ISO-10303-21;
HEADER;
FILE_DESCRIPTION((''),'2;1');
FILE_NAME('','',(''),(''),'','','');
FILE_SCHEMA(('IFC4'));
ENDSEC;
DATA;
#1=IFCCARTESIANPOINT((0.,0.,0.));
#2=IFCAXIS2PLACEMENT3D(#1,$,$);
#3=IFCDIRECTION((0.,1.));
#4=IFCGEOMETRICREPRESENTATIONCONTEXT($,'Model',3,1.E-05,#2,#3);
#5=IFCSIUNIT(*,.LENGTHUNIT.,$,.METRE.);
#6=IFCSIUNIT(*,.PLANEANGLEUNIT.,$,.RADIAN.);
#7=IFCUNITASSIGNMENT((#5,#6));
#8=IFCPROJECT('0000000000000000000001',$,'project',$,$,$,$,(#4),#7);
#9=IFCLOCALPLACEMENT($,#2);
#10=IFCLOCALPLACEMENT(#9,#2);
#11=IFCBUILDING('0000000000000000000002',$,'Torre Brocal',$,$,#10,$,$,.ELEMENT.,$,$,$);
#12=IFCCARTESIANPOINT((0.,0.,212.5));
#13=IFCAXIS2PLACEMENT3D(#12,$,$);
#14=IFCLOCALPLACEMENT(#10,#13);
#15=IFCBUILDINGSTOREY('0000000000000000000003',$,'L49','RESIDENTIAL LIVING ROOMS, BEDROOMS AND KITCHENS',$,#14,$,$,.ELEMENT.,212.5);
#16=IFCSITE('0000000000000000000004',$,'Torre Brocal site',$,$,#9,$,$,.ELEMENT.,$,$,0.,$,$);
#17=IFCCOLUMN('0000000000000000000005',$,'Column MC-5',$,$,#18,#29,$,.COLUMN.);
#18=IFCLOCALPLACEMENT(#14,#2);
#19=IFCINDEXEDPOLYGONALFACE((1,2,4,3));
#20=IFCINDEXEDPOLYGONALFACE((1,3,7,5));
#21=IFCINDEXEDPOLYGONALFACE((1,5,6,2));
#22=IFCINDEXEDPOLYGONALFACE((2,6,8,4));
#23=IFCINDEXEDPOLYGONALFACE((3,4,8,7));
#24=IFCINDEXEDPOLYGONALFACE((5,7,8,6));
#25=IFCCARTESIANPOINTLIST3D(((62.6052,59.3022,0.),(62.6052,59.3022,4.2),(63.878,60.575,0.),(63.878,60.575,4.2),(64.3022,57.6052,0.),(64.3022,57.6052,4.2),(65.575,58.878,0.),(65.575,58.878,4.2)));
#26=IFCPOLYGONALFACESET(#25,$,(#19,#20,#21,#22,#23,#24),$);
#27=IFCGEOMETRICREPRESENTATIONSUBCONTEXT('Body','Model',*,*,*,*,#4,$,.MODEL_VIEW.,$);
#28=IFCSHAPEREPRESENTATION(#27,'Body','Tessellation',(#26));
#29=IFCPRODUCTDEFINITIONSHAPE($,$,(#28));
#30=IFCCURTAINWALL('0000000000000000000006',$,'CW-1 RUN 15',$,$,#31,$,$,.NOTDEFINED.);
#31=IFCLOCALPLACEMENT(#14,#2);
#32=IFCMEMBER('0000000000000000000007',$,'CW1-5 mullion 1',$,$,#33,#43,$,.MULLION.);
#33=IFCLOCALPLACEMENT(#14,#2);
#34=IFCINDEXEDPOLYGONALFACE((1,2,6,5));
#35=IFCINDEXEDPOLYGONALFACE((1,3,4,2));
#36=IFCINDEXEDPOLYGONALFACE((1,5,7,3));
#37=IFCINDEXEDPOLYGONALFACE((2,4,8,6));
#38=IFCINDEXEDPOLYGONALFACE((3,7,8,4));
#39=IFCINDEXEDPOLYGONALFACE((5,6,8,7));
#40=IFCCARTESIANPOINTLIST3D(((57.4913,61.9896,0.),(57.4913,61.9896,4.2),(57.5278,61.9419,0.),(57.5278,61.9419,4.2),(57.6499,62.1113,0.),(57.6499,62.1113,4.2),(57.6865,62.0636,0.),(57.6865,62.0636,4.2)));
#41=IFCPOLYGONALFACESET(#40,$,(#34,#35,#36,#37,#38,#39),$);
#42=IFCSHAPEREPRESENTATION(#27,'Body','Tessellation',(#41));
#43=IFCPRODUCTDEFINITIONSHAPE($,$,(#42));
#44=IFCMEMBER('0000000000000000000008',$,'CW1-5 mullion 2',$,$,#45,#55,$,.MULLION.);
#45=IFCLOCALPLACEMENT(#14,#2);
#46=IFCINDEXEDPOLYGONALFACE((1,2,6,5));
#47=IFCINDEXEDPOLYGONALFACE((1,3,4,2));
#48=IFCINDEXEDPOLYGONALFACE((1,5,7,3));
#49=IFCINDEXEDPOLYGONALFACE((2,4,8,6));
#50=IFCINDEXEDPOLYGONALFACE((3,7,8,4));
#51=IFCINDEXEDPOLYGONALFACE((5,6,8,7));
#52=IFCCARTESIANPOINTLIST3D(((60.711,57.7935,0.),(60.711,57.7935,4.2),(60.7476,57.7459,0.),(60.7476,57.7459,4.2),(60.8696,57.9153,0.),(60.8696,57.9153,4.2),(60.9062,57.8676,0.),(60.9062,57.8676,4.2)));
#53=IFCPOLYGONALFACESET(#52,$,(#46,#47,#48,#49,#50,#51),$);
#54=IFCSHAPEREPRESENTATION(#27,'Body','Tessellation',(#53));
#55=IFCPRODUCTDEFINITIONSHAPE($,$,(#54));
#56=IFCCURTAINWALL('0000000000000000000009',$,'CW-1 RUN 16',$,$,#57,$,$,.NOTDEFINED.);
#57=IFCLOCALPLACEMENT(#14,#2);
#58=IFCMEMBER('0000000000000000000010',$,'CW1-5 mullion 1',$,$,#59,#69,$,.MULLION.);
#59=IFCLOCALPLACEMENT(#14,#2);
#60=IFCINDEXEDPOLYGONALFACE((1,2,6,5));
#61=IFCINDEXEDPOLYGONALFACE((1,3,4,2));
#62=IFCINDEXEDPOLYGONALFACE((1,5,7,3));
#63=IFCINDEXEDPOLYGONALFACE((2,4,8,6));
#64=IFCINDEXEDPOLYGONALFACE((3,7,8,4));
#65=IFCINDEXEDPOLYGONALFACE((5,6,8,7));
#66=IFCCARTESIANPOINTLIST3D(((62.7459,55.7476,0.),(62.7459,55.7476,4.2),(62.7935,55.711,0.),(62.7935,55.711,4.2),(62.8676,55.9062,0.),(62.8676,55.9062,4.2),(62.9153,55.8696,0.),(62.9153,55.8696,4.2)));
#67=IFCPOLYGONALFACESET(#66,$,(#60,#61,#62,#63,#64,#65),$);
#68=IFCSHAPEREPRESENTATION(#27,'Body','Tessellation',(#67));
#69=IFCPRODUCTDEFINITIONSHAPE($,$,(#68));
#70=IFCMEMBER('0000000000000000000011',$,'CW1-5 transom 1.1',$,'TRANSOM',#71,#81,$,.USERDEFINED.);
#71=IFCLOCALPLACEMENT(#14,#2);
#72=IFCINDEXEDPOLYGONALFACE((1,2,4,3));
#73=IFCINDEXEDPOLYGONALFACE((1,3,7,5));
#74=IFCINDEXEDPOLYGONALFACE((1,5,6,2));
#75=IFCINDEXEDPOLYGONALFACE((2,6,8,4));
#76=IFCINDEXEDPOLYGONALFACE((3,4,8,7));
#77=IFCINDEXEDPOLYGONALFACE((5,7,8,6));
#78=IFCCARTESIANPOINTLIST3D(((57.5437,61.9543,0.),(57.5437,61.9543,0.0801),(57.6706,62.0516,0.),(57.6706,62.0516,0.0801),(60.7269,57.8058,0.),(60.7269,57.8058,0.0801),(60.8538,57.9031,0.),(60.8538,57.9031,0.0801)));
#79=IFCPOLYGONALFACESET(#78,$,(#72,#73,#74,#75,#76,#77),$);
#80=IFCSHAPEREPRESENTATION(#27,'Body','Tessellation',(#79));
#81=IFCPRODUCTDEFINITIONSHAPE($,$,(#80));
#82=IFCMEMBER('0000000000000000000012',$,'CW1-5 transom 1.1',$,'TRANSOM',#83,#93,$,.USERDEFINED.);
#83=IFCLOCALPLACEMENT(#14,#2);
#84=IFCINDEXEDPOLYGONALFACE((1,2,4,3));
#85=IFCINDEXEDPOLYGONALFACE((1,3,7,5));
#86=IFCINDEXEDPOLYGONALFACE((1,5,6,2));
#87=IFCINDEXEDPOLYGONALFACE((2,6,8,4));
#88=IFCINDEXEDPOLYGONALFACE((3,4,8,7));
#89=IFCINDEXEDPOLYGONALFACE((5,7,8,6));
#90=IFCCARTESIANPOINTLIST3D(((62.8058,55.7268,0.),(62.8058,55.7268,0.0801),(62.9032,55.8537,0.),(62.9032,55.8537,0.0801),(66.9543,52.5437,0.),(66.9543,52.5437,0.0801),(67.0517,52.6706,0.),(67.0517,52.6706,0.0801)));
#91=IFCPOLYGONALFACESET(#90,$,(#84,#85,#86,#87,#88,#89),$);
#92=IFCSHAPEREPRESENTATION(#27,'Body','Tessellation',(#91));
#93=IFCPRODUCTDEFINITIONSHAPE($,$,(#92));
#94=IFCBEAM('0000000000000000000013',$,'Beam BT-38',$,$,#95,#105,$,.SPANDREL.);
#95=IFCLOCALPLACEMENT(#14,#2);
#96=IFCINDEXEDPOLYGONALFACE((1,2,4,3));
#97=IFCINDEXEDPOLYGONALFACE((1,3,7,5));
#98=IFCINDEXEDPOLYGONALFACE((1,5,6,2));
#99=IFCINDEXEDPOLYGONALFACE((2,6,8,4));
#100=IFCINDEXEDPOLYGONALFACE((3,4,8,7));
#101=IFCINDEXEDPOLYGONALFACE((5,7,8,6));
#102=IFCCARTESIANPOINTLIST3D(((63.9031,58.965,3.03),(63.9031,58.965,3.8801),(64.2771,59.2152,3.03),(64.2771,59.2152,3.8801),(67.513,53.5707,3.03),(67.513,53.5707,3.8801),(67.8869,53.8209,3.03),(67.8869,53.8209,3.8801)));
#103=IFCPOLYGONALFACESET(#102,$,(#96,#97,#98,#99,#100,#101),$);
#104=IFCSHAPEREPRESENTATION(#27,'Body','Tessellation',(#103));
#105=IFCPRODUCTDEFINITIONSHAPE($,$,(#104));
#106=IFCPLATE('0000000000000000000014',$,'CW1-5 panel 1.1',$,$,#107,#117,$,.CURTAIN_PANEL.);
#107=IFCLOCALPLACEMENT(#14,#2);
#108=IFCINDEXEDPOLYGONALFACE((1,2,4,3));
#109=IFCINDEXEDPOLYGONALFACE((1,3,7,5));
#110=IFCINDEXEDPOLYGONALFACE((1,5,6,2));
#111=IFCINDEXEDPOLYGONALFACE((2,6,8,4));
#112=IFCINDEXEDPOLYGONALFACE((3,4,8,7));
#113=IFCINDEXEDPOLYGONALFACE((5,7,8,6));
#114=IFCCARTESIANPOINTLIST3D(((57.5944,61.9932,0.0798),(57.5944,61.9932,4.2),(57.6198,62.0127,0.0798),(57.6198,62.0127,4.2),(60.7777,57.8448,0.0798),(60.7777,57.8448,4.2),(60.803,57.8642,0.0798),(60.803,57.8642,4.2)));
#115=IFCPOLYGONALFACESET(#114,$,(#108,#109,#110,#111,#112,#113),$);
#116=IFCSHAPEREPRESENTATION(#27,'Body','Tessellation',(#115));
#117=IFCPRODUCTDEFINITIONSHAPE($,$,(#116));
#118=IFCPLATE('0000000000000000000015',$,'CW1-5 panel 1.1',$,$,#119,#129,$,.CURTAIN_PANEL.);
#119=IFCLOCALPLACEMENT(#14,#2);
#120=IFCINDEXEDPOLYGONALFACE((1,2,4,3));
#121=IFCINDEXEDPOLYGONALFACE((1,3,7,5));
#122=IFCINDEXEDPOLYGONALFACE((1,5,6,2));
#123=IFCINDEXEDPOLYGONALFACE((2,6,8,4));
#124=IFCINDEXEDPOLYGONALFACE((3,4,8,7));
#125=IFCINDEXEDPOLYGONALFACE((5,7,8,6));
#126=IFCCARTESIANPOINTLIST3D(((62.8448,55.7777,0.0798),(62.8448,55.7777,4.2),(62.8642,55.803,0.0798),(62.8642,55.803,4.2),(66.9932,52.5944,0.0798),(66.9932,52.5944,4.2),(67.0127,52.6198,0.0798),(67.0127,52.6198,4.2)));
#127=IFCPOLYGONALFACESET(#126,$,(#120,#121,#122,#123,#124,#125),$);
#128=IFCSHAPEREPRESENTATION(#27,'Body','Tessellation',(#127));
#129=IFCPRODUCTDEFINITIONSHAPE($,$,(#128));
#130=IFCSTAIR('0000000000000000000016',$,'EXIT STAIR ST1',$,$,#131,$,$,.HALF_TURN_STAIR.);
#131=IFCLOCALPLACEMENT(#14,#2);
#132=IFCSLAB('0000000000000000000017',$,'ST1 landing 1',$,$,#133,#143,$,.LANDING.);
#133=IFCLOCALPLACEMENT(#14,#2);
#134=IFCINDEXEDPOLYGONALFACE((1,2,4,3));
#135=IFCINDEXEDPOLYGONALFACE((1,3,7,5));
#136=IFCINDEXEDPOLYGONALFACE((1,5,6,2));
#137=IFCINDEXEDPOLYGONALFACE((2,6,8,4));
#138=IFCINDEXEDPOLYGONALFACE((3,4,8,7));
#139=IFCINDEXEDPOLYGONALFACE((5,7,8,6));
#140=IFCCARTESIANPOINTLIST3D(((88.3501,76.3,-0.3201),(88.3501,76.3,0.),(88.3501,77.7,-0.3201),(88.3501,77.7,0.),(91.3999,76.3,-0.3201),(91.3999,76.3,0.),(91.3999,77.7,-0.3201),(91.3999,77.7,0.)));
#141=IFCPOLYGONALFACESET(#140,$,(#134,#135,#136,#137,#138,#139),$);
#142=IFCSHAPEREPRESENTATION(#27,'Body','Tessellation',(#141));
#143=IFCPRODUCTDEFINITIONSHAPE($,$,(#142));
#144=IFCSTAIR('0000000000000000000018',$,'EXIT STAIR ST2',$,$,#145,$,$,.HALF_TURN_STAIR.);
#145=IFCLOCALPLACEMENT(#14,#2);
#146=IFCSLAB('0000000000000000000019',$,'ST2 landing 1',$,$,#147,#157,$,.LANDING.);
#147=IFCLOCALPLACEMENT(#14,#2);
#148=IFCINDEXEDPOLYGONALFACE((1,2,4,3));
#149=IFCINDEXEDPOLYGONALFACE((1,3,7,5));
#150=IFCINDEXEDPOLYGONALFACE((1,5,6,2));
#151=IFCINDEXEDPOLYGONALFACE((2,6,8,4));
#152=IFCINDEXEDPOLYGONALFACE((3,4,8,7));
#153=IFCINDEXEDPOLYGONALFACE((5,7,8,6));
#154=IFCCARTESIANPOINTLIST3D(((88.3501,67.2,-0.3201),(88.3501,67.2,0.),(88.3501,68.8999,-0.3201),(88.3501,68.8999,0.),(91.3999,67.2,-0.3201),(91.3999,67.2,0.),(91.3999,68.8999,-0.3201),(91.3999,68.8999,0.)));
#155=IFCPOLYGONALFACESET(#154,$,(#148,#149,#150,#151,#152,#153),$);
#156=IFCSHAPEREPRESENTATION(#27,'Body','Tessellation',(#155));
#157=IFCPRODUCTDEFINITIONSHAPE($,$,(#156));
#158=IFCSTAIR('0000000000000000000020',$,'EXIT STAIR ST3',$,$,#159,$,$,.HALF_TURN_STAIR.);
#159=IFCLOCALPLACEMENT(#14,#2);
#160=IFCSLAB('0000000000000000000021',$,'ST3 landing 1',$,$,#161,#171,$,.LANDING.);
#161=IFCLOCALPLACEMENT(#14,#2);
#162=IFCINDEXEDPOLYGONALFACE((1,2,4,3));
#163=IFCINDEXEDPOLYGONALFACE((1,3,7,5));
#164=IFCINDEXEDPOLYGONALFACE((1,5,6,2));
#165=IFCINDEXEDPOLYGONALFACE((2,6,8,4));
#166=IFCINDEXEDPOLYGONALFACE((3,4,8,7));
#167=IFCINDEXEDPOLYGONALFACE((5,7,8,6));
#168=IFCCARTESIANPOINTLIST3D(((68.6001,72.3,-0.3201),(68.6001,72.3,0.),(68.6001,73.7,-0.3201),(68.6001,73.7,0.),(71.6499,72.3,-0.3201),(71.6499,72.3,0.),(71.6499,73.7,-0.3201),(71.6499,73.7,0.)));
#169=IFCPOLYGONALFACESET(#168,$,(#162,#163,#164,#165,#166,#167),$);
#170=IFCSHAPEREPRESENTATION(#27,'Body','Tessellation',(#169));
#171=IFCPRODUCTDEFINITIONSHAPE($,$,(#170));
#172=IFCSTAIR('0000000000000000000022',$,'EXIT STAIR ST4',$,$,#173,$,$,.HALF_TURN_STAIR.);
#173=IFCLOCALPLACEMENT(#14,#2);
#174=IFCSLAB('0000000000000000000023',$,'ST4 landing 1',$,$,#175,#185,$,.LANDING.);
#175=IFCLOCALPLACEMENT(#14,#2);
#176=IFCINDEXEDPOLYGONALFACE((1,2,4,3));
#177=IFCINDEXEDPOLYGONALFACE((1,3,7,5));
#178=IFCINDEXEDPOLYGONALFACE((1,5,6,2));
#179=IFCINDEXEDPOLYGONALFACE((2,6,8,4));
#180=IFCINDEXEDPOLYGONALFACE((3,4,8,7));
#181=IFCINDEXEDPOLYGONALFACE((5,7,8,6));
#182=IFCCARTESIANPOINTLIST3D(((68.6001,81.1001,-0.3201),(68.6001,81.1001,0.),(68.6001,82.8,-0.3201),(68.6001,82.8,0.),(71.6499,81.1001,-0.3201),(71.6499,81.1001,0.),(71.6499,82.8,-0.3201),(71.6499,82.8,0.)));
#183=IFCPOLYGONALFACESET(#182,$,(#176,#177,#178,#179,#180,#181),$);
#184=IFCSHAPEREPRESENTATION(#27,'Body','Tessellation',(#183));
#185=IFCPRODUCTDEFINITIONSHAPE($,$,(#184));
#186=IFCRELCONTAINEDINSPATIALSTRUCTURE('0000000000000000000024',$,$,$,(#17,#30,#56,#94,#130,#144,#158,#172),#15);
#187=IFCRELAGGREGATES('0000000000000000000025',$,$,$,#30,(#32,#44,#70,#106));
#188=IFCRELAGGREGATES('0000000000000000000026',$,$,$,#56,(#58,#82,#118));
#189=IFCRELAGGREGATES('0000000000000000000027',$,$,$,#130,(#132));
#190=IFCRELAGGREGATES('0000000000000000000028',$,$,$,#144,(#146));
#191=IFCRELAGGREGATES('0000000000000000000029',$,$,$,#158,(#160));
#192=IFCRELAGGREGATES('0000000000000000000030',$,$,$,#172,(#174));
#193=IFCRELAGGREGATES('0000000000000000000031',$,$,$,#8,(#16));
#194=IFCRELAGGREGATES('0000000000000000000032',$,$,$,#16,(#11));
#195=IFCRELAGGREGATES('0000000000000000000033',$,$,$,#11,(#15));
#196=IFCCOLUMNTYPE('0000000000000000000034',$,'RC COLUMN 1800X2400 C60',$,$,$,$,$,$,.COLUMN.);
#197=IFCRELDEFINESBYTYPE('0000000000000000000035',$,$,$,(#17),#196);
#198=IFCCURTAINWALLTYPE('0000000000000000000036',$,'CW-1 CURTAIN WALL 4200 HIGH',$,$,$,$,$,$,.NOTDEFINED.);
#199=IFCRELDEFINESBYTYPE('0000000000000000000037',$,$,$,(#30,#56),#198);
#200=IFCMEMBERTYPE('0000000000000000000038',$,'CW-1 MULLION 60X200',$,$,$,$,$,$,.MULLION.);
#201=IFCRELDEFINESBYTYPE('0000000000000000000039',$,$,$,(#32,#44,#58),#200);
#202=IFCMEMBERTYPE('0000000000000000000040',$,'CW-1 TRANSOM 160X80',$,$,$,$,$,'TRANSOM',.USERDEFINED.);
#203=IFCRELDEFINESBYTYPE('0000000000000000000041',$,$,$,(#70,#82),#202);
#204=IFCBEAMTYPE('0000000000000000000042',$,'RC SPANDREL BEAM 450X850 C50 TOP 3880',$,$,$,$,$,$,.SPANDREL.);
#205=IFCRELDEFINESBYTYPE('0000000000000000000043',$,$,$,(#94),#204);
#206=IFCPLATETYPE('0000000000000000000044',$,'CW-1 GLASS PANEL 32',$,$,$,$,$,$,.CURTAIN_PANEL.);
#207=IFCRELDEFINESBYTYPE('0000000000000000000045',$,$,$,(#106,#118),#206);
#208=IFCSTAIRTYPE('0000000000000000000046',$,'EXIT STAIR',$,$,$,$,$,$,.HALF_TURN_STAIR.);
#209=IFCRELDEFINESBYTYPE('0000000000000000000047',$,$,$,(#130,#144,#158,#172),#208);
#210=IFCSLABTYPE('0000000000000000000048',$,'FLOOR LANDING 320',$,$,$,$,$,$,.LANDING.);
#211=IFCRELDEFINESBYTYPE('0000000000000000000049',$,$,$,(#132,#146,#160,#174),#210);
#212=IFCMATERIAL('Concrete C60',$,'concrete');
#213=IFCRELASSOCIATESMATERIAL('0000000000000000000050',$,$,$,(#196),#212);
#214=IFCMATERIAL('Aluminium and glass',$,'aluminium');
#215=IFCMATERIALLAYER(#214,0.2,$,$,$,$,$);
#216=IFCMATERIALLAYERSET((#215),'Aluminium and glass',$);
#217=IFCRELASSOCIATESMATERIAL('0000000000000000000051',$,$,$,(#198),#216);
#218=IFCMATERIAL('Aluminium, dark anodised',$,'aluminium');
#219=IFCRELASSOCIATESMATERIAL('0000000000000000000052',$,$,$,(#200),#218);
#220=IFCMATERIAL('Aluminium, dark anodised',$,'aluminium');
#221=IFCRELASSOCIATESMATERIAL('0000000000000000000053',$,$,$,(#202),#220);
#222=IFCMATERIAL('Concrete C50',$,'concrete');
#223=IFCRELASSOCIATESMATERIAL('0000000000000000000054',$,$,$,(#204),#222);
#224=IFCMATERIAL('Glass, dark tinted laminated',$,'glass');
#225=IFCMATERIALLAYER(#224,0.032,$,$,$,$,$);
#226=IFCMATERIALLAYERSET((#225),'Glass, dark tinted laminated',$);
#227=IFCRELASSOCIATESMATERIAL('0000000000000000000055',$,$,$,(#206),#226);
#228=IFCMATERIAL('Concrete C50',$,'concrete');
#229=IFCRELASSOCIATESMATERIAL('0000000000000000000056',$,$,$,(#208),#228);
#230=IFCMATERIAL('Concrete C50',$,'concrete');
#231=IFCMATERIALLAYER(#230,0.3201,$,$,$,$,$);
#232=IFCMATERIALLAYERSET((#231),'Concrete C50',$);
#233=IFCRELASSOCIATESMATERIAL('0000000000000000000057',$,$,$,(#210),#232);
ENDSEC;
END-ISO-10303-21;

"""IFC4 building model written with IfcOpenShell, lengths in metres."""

from ifc_helpers import new_model, si_unit, direction, frame, origin, origin_2d, place, context, subcontext, project, spatial, polyline, rectangle, outline, extrude, material, layer, layer_set, material_profile, profile_set, type_object, element, aggregate, save


model = new_model("IFC4")

# Units and contexts
model_context = context("Model", 3, precision=1e-05, world=origin(), true_north=direction((0.0, 1.0)))
body_context = subcontext(model_context, "Body", "Model", "MODEL_VIEW")
ifc_project = project(units=[si_unit("LENGTHUNIT", "METRE"), si_unit("PLANEANGLEUNIT", "RADIAN")], contexts=[model_context])

# Site, building, storey
site_placement = place(None, origin())
site = spatial("IfcSite", under=ifc_project, at=site_placement, Name="Torre Brocal site", CompositionType="ELEMENT", RefElevation=0.0)
building_placement = place(site_placement, origin())
building = spatial("IfcBuilding", under=site, at=building_placement, Name="Torre Brocal", CompositionType="ELEMENT")
storey_placement = place(building_placement, frame((0.0, 0.0, 212.5)))
storey = spatial("IfcBuildingStorey", under=building, at=storey_placement, Name="L49", Description="RESIDENTIAL LIVING ROOMS, BEDROOMS AND KITCHENS", CompositionType="ELEMENT", Elevation=212.5)

# Column
ifc_material_1 = material(Name="Concrete C60", Category="concrete")
ifc_material_profile_1 = material_profile(ifc_material_1, rectangle(XDim=1.8, YDim=2.3999, at=origin_2d()), Name="RC 1800X2400")
ifc_profile_set_1 = profile_set([ifc_material_profile_1], Name="Concrete C60")
column_type = type_object("IfcColumnType", Name="RC COLUMN 1800X2400 C60", PredefinedType="COLUMN", material=ifc_profile_set_1)
column_placement = place(storey_placement, frame((64.0901, 59.0901, 0.0), z_axis=(0.0, 0.0, 1.0), x_axis=(-0.707107, -0.707107, 0.0)))
element("IfcColumn", 1, at=column_placement, inside=storey, type_object=column_type, Name="Column MC-5", PredefinedType="COLUMN", context=body_context, shape_type="SweptSolid", body=[
    extrude(rectangle(XDim=1.8, YDim=2.3999, at=origin_2d()), origin(), (0.0, 0.0, 1.0), 4.2),
])

# Curtain wall, members
ifc_material_2 = material(Name="Aluminium and glass", Category="aluminium")
ifc_layer_1 = layer(ifc_material_2, 0.2)
ifc_layer_set_1 = layer_set([ifc_layer_1], Name="Aluminium and glass")
curtain_wall_type = type_object("IfcCurtainWallType", Name="CW-1 CURTAIN WALL 4200 HIGH", PredefinedType="NOTDEFINED", material=ifc_layer_set_1)
curtain_wall_1_placement = place(storey_placement, origin())
curtain_wall_1 = element("IfcCurtainWall", 2, at=curtain_wall_1_placement, inside=storey, type_object=curtain_wall_type, Name="CW-1 RUN 15", PredefinedType="NOTDEFINED")
ifc_material_3 = material(Name="Aluminium, dark anodised", Category="aluminium")
ifc_material_profile_2 = material_profile(ifc_material_3, rectangle(XDim=0.2, YDim=0.0601, at=origin_2d()), Name="CW-1 MULLION 60X200")
ifc_profile_set_2 = profile_set([ifc_material_profile_2], Name="Aluminium, dark anodised")
member_type_1 = type_object("IfcMemberType", Name="CW-1 MULLION 60X200", PredefinedType="MULLION", material=ifc_profile_set_2)
member_1_placement = place(storey_placement, frame((57.5889, 62.0266, 0.0), z_axis=(0.0, 0.0, 1.0), x_axis=(0.793353, 0.608761, 0.0)))
member_1 = element("IfcMember", 3, at=member_1_placement, type_object=member_type_1, Name="CW1-5 mullion 1", PredefinedType="MULLION", context=body_context, shape_type="SweptSolid", body=[
    extrude(rectangle(XDim=0.2, YDim=0.0601, at=origin_2d()), origin(), (0.0, 0.0, 1.0), 4.2),
])
member_2_placement = place(storey_placement, frame((60.8086, 57.8306, 0.0), z_axis=(0.0, 0.0, 1.0), x_axis=(0.793353, 0.608761, 0.0)))
member_2 = element("IfcMember", 4, at=member_2_placement, type_object=member_type_1, Name="CW1-5 mullion 2", PredefinedType="MULLION", context=body_context, shape_type="SweptSolid", body=[
    extrude(rectangle(XDim=0.2, YDim=0.0601, at=origin_2d()), origin(), (0.0, 0.0, 1.0), 4.2),
])

# Curtain wall, member
curtain_wall_2_placement = place(storey_placement, origin())
curtain_wall_2 = element("IfcCurtainWall", 5, at=curtain_wall_2_placement, inside=storey, type_object=curtain_wall_type, Name="CW-1 RUN 16", PredefinedType="NOTDEFINED")
member_3_placement = place(storey_placement, frame((62.8306, 55.8086, 0.0), z_axis=(0.0, 0.0, 1.0), x_axis=(0.608761, 0.793353, 0.0)))
member_3 = element("IfcMember", 6, at=member_3_placement, type_object=member_type_1, Name="CW1-5 mullion 1", PredefinedType="MULLION", context=body_context, shape_type="SweptSolid", body=[
    extrude(rectangle(XDim=0.2, YDim=0.0601, at=origin_2d()), origin(), (0.0, 0.0, 1.0), 4.2),
])

# Members
ifc_material_4 = material(Name="Aluminium, dark anodised", Category="aluminium")
ifc_material_profile_3 = material_profile(ifc_material_4, rectangle(XDim=0.1599, YDim=0.0801, at=origin_2d()), Name="CW-1 TRANSOM 160X80")
ifc_profile_set_3 = profile_set([ifc_material_profile_3], Name="Aluminium, dark anodised")
member_type_2 = type_object("IfcMemberType", Name="CW-1 TRANSOM 160X80", ElementType="TRANSOM", PredefinedType="USERDEFINED", material=ifc_profile_set_3)
member_4_placement = place(storey_placement, frame((57.6072, 62.0029, 0.04), z_axis=(0.608749, -0.793363, 0.0), x_axis=(0.793363, 0.608749, 0.0)))
member_4 = element("IfcMember", 7, at=member_4_placement, type_object=member_type_2, Name="CW1-5 transom 1.1", ObjectType="TRANSOM", PredefinedType="USERDEFINED", context=body_context, shape_type="SweptSolid", body=[
    extrude(rectangle(XDim=0.1599, YDim=0.0801, at=origin_2d()), origin(), (0.0, 0.0, 1.0), 5.229),
])
member_5_placement = place(storey_placement, frame((62.8545, 55.7903, 0.04), z_axis=(0.793363, -0.608749, 0.0), x_axis=(0.608749, 0.793363, 0.0)))
member_5 = element("IfcMember", 8, at=member_5_placement, type_object=member_type_2, Name="CW1-5 transom 1.1", ObjectType="TRANSOM", PredefinedType="USERDEFINED", context=body_context, shape_type="SweptSolid", body=[
    extrude(rectangle(XDim=0.1599, YDim=0.0801, at=origin_2d()), origin(), (0.0, 0.0, 1.0), 5.229),
])

# Beam
ifc_material_5 = material(Name="Concrete C50", Category="concrete")
ifc_material_profile_4 = material_profile(ifc_material_5, rectangle(XDim=0.45, YDim=0.8501, at=origin_2d()), Name="RC 450X850")
ifc_profile_set_4 = profile_set([ifc_material_profile_4], Name="Concrete C50")
beam_type = type_object("IfcBeamType", Name="RC SPANDREL BEAM 450X850 C50 TOP 3880", PredefinedType="SPANDREL", material=ifc_profile_set_4)
beam_placement = place(storey_placement, frame((64.0901, 59.0901, 3.4551), z_axis=(0.556158, -0.831077, 0.0), x_axis=(0.831077, 0.556158, 0.0)))
element("IfcBeam", 9, at=beam_placement, inside=storey, type_object=beam_type, Name="Beam BT-38", PredefinedType="SPANDREL", context=body_context, shape_type="SweptSolid", body=[
    extrude(rectangle(XDim=0.45, YDim=0.8501, at=origin_2d()), origin(), (0.0, 0.0, 1.0), 6.4907),
])

# Plates
ifc_material_6 = material(Name="Glass, dark tinted laminated", Category="glass")
ifc_layer_2 = layer(ifc_material_6, 0.032)
ifc_layer_set_2 = layer_set([ifc_layer_2], Name="Glass, dark tinted laminated")
plate_type = type_object("IfcPlateType", Name="CW-1 GLASS PANEL 32", PredefinedType="CURTAIN_PANEL", material=ifc_layer_set_2)
plate_1_placement = place(storey_placement, frame((59.1987, 59.9287, 0.0798), z_axis=(0.0, 0.0, 1.0), x_axis=(0.608761, -0.793353, 0.0)))
plate_1 = element("IfcPlate", 10, at=plate_1_placement, type_object=plate_type, Name="CW1-5 panel 1.1", PredefinedType="CURTAIN_PANEL", context=body_context, shape_type="SweptSolid", body=[
    extrude(rectangle(XDim=5.229, YDim=0.032, at=origin_2d()), origin(), (0.0, 0.0, 1.0), 4.1201),
])
aggregate(curtain_wall_1, [member_1, member_2, member_4, plate_1])
plate_2_placement = place(storey_placement, frame((64.9287, 54.1987, 0.0798), z_axis=(0.0, 0.0, 1.0), x_axis=(0.793353, -0.608761, 0.0)))
plate_2 = element("IfcPlate", 11, at=plate_2_placement, type_object=plate_type, Name="CW1-5 panel 1.1", PredefinedType="CURTAIN_PANEL", context=body_context, shape_type="SweptSolid", body=[
    extrude(rectangle(XDim=5.229, YDim=0.032, at=origin_2d()), origin(), (0.0, 0.0, 1.0), 4.1201),
])
aggregate(curtain_wall_2, [member_3, member_5, plate_2])

# Stairs, slabs
ifc_material_7 = material(Name="Concrete C50", Category="concrete")
stair_type = type_object("IfcStairType", Name="EXIT STAIR", PredefinedType="HALF_TURN_STAIR", material=ifc_material_7)
stair_1_placement = place(storey_placement, origin())
stair_1 = element("IfcStair", 12, at=stair_1_placement, inside=storey, type_object=stair_type, Name="EXIT STAIR ST1", PredefinedType="HALF_TURN_STAIR")
ifc_material_8 = material(Name="Concrete C50", Category="concrete")
ifc_layer_3 = layer(ifc_material_8, 0.3201)
ifc_layer_set_3 = layer_set([ifc_layer_3], Name="Concrete C50")
slab_type_1 = type_object("IfcSlabType", Name="FLOOR LANDING 320", PredefinedType="LANDING", material=ifc_layer_set_3)
slab_1_placement = place(storey_placement, frame((0.0, 0.0, -0.3201)))
slab_1 = element("IfcSlab", 13, at=slab_1_placement, type_object=slab_type_1, Name="ST1 landing 1", PredefinedType="LANDING", context=body_context, shape_type="SweptSolid", body=[
    extrude(outline(polyline([(88.3501, 76.3), (91.3999, 76.3), (91.3999, 77.7), (88.3501, 77.7), (88.3501, 76.3)])), origin(), (0.0, 0.0, 1.0), 0.3201),
])
stair_2_placement = place(storey_placement, origin())
stair_2 = element("IfcStair", 14, at=stair_2_placement, inside=storey, type_object=stair_type, Name="EXIT STAIR ST2", PredefinedType="HALF_TURN_STAIR")
slab_2_placement = place(storey_placement, frame((0.0, 0.0, -0.3201)))
slab_2 = element("IfcSlab", 15, at=slab_2_placement, type_object=slab_type_1, Name="ST2 landing 1", PredefinedType="LANDING", context=body_context, shape_type="SweptSolid", body=[
    extrude(outline(polyline([(88.3501, 67.2), (91.3999, 67.2), (91.3999, 68.8999), (88.3501, 68.8999), (88.3501, 67.2)])), origin(), (0.0, 0.0, 1.0), 0.3201),
])
stair_3_placement = place(storey_placement, origin())
stair_3 = element("IfcStair", 16, at=stair_3_placement, inside=storey, type_object=stair_type, Name="EXIT STAIR ST3", PredefinedType="HALF_TURN_STAIR")
slab_3_placement = place(storey_placement, frame((0.0, 0.0, -0.3201)))
slab_3 = element("IfcSlab", 17, at=slab_3_placement, type_object=slab_type_1, Name="ST3 landing 1", PredefinedType="LANDING", context=body_context, shape_type="SweptSolid", body=[
    extrude(outline(polyline([(71.6499, 73.7), (68.6001, 73.7), (68.6001, 72.3), (71.6499, 72.3), (71.6499, 73.7)])), origin(), (0.0, 0.0, 1.0), 0.3201),
])
stair_4_placement = place(storey_placement, origin())
stair_4 = element("IfcStair", 18, at=stair_4_placement, inside=storey, type_object=stair_type, Name="EXIT STAIR ST4", PredefinedType="HALF_TURN_STAIR")
slab_4_placement = place(storey_placement, frame((0.0, 0.0, -0.3201)))
slab_4 = element("IfcSlab", 19, at=slab_4_placement, type_object=slab_type_1, Name="ST4 landing 1", PredefinedType="LANDING", context=body_context, shape_type="SweptSolid", body=[
    extrude(outline(polyline([(71.6499, 82.8), (68.6001, 82.8), (68.6001, 81.1001), (71.6499, 81.1001), (71.6499, 82.8)])), origin(), (0.0, 0.0, 1.0), 0.3201),
])

aggregate(stair_1, [slab_1])
aggregate(stair_2, [slab_2])
aggregate(stair_3, [slab_3])
aggregate(stair_4, [slab_4])

save(model, "model.ifc")
